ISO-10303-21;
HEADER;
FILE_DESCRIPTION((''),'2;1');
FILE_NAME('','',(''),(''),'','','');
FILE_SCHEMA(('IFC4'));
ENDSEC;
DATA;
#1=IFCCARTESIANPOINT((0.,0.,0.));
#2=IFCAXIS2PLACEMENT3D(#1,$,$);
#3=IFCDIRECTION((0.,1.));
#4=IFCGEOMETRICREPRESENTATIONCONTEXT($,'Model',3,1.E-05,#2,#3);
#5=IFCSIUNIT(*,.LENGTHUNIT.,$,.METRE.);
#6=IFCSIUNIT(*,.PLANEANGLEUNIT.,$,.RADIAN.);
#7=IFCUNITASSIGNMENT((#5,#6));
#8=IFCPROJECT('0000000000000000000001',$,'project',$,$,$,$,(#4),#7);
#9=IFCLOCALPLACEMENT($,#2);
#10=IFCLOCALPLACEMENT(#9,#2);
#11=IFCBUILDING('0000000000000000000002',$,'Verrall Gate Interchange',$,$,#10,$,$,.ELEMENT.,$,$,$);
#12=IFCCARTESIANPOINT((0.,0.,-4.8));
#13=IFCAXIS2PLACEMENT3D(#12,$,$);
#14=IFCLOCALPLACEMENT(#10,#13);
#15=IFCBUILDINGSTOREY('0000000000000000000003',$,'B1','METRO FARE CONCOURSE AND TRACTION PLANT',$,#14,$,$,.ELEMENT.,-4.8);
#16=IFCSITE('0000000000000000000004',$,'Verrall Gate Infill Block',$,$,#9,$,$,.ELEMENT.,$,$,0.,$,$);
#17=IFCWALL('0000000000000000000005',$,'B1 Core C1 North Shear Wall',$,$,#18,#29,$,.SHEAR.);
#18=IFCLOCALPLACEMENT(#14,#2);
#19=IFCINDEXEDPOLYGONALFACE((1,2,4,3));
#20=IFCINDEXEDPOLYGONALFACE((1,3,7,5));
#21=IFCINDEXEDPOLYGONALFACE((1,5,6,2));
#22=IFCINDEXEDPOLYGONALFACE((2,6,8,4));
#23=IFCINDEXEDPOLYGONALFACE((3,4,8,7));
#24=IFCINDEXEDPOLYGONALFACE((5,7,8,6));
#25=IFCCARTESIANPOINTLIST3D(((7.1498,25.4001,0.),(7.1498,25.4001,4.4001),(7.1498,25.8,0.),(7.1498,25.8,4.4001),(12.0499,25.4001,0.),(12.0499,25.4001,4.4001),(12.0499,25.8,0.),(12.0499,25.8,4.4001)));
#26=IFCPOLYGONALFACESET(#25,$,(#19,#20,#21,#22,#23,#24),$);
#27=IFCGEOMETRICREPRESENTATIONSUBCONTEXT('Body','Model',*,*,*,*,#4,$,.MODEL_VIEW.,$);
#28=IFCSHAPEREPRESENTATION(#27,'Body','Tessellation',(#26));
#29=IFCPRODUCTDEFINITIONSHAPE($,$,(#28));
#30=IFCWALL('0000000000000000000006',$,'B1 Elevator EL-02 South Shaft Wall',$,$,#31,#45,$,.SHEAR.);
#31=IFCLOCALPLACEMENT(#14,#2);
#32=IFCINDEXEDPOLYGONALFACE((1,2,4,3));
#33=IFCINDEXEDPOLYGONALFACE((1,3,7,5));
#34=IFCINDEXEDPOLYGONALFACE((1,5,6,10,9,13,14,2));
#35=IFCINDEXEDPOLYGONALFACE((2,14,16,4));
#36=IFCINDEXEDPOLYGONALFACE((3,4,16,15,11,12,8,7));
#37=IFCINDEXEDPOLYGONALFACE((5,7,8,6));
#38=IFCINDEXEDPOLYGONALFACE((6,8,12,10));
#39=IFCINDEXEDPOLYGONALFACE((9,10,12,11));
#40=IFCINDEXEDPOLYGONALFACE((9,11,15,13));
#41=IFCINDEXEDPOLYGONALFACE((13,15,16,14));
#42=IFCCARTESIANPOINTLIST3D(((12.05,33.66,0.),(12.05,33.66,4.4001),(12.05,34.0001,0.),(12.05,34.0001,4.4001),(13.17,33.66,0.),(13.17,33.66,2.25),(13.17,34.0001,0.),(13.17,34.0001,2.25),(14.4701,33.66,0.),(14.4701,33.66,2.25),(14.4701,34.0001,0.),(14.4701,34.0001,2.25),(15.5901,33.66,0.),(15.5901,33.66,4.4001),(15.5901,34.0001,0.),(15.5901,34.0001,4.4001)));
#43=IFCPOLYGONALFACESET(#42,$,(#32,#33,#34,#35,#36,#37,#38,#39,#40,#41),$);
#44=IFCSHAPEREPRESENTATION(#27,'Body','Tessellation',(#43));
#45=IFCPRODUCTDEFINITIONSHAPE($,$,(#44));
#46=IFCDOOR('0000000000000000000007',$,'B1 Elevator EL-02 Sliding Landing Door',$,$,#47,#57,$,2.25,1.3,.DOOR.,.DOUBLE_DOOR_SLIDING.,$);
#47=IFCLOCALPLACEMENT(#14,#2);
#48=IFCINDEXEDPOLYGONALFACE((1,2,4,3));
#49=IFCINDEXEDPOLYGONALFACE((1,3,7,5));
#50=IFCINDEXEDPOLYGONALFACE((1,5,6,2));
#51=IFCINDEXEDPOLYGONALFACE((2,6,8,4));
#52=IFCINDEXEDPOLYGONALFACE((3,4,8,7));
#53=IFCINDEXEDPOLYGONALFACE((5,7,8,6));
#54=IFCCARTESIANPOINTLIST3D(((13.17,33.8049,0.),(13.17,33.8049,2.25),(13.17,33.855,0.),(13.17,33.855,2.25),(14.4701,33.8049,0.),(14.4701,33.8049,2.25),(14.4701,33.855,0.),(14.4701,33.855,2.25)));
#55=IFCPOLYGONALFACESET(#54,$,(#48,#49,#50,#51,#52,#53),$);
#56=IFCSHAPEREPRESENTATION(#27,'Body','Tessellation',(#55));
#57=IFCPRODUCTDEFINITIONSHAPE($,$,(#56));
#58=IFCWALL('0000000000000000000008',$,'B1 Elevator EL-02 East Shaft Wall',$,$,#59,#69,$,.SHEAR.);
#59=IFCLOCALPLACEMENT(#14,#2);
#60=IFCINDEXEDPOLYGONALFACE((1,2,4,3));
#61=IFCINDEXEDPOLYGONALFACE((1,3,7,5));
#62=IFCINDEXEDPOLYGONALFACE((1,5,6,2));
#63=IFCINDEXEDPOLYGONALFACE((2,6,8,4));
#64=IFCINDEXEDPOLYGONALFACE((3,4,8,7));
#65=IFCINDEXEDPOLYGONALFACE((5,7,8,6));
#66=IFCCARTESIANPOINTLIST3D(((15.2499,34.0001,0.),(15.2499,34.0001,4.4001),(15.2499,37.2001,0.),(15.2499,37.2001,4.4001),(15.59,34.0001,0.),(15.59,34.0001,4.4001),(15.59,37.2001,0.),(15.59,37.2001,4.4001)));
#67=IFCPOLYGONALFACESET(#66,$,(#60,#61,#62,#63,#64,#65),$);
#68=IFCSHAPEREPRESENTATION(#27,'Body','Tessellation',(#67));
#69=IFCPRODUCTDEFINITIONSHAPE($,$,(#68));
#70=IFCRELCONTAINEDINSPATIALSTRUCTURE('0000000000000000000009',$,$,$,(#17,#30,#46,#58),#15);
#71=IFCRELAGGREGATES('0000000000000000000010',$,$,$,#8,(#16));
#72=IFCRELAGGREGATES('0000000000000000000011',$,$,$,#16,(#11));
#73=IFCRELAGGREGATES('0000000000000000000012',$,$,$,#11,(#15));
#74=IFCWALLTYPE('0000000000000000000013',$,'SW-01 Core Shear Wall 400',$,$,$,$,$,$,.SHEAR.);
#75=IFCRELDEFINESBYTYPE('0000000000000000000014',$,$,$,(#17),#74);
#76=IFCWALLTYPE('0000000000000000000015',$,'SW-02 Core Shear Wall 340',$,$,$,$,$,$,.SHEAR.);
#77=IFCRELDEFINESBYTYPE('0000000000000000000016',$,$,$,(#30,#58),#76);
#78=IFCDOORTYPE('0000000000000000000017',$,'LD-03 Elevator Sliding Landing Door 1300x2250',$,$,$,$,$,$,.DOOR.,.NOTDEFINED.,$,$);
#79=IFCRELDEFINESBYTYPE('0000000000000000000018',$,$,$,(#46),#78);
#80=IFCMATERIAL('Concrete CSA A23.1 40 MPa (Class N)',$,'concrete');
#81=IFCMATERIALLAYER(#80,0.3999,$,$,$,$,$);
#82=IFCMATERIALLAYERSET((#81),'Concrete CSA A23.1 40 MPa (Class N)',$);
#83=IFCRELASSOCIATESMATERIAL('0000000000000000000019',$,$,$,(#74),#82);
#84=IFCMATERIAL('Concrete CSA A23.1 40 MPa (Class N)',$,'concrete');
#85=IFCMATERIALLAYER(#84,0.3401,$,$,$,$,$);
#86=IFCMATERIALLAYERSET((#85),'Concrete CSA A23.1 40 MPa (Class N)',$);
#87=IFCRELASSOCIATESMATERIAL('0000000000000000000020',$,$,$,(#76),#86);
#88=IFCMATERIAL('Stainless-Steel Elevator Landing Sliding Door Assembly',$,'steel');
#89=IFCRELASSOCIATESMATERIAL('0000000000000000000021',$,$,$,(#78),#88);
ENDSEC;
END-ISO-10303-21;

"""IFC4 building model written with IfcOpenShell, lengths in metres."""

from ifc_helpers import new_model, si_unit, direction, frame, frame_2d, origin, place, context, subcontext, project, spatial, rectangle, extrude, material, layer, layer_set, type_object, element, fill, save


model = new_model("IFC4")

# Units and contexts
model_context = context("Model", 3, precision=1e-05, world=origin(), true_north=direction((0.0, 1.0)))
body_context = subcontext(model_context, "Body", "Model", "MODEL_VIEW")
ifc_project = project(units=[si_unit("LENGTHUNIT", "METRE"), si_unit("PLANEANGLEUNIT", "RADIAN")], contexts=[model_context])

# Site, building, storey
site_placement = place(None, origin())
site = spatial("IfcSite", under=ifc_project, at=site_placement, Name="Verrall Gate Infill Block", CompositionType="ELEMENT", RefElevation=0.0)
building_placement = place(site_placement, origin())
building = spatial("IfcBuilding", under=site, at=building_placement, Name="Verrall Gate Interchange", CompositionType="ELEMENT")
storey_placement = place(building_placement, frame((0.0, 0.0, -4.8)))
storey = spatial("IfcBuildingStorey", under=building, at=storey_placement, Name="B1", Description="METRO FARE CONCOURSE AND TRACTION PLANT", CompositionType="ELEMENT", Elevation=-4.8)

# Wall
ifc_material_1 = material(Name="Concrete CSA A23.1 40 MPa (Class N)", Category="concrete")
ifc_layer_1 = layer(ifc_material_1, 0.3999)
ifc_layer_set_1 = layer_set([ifc_layer_1], Name="Concrete CSA A23.1 40 MPa (Class N)")
wall_type_1 = type_object("IfcWallType", Name="SW-01 Core Shear Wall 400", PredefinedType="SHEAR", material=ifc_layer_set_1)
wall_1_placement = place(storey_placement, frame((12.05, 25.6001, 0.0), z_axis=(0.0, 0.0, 1.0), x_axis=(-1.0, 0.0, 0.0)))
element("IfcWall", 1, at=wall_1_placement, inside=storey, type_object=wall_type_1, Name="B1 Core C1 North Shear Wall", PredefinedType="SHEAR", context=body_context, shape_type="SweptSolid", body=[
    extrude(rectangle(XDim=4.9001, YDim=0.3999, at=frame_2d((2.4502, 0.0))), origin(), (0.0, 0.0, 1.0), 4.4001),
])

# Wall, opening, door
ifc_material_2 = material(Name="Concrete CSA A23.1 40 MPa (Class N)", Category="concrete")
ifc_layer_2 = layer(ifc_material_2, 0.3401)
ifc_layer_set_2 = layer_set([ifc_layer_2], Name="Concrete CSA A23.1 40 MPa (Class N)")
wall_type_2 = type_object("IfcWallType", Name="SW-02 Core Shear Wall 340", PredefinedType="SHEAR", material=ifc_layer_set_2)
wall_2_placement = place(storey_placement, frame((12.05, 33.8301, 0.0), z_axis=(0.0, 0.0, 1.0), x_axis=(1.0, 0.0, 0.0)))
wall_2 = element("IfcWall", 2, at=wall_2_placement, inside=storey, type_object=wall_type_2, Name="B1 Elevator EL-02 South Shaft Wall", PredefinedType="SHEAR", context=body_context, shape_type="SweptSolid", body=[
    extrude(rectangle(XDim=3.54, YDim=0.3401, at=frame_2d((1.77, 0.0))), origin(), (0.0, 0.0, 1.0), 4.4001),
])
opening_1_placement = place(wall_2_placement, frame((1.1201, 0.0, 0.0)))
opening_1 = element("IfcOpeningElement", 3, at=opening_1_placement, cuts=wall_2, PredefinedType="OPENING", context=body_context, shape_type="SweptSolid", body=[
    extrude(rectangle(XDim=1.3, YDim=2.25, at=frame_2d((0.6499, 1.125))), frame((0.0, 0.1851, 0.0), z_axis=(0.0, -1.0, 0.0), x_axis=(1.0, 0.0, 0.0)), (0.0, 0.0, 1.0), 0.3699),
])
ifc_material_3 = material(Name="Stainless-Steel Elevator Landing Sliding Door Assembly", Category="steel")
door_type_1 = type_object("IfcDoorType", Name="LD-03 Elevator Sliding Landing Door 1300x2250", OperationType="NOTDEFINED", PredefinedType="DOOR", material=ifc_material_3)
door_1_placement = place(opening_1_placement, origin())
door_1 = element("IfcDoor", 4, at=door_1_placement, inside=storey, type_object=door_type_1, Name="B1 Elevator EL-02 Sliding Landing Door", OperationType="DOUBLE_DOOR_SLIDING", OverallHeight=2.25, OverallWidth=1.3, PredefinedType="DOOR", context=body_context, shape_type="SweptSolid", body=[
    extrude(rectangle(XDim=1.3, YDim=2.25, at=frame_2d((0.6499, 1.125))), frame((0.0, 0.0249, 0.0), z_axis=(0.0, -1.0, 0.0), x_axis=(1.0, 0.0, 0.0)), (0.0, 0.0, 1.0), 0.05),
])
fill(opening_1, door_1)

# Wall
wall_3_placement = place(storey_placement, frame((15.4199, 34.0, 0.0), z_axis=(0.0, 0.0, 1.0), x_axis=(0.0, 1.0, 0.0)))
element("IfcWall", 5, at=wall_3_placement, inside=storey, type_object=wall_type_2, Name="B1 Elevator EL-02 East Shaft Wall", PredefinedType="SHEAR", context=body_context, shape_type="SweptSolid", body=[
    extrude(rectangle(XDim=3.2, YDim=0.3401, at=frame_2d((1.6001, 0.0))), origin(), (0.0, 0.0, 1.0), 4.4001),
])

save(model, "model.ifc")
